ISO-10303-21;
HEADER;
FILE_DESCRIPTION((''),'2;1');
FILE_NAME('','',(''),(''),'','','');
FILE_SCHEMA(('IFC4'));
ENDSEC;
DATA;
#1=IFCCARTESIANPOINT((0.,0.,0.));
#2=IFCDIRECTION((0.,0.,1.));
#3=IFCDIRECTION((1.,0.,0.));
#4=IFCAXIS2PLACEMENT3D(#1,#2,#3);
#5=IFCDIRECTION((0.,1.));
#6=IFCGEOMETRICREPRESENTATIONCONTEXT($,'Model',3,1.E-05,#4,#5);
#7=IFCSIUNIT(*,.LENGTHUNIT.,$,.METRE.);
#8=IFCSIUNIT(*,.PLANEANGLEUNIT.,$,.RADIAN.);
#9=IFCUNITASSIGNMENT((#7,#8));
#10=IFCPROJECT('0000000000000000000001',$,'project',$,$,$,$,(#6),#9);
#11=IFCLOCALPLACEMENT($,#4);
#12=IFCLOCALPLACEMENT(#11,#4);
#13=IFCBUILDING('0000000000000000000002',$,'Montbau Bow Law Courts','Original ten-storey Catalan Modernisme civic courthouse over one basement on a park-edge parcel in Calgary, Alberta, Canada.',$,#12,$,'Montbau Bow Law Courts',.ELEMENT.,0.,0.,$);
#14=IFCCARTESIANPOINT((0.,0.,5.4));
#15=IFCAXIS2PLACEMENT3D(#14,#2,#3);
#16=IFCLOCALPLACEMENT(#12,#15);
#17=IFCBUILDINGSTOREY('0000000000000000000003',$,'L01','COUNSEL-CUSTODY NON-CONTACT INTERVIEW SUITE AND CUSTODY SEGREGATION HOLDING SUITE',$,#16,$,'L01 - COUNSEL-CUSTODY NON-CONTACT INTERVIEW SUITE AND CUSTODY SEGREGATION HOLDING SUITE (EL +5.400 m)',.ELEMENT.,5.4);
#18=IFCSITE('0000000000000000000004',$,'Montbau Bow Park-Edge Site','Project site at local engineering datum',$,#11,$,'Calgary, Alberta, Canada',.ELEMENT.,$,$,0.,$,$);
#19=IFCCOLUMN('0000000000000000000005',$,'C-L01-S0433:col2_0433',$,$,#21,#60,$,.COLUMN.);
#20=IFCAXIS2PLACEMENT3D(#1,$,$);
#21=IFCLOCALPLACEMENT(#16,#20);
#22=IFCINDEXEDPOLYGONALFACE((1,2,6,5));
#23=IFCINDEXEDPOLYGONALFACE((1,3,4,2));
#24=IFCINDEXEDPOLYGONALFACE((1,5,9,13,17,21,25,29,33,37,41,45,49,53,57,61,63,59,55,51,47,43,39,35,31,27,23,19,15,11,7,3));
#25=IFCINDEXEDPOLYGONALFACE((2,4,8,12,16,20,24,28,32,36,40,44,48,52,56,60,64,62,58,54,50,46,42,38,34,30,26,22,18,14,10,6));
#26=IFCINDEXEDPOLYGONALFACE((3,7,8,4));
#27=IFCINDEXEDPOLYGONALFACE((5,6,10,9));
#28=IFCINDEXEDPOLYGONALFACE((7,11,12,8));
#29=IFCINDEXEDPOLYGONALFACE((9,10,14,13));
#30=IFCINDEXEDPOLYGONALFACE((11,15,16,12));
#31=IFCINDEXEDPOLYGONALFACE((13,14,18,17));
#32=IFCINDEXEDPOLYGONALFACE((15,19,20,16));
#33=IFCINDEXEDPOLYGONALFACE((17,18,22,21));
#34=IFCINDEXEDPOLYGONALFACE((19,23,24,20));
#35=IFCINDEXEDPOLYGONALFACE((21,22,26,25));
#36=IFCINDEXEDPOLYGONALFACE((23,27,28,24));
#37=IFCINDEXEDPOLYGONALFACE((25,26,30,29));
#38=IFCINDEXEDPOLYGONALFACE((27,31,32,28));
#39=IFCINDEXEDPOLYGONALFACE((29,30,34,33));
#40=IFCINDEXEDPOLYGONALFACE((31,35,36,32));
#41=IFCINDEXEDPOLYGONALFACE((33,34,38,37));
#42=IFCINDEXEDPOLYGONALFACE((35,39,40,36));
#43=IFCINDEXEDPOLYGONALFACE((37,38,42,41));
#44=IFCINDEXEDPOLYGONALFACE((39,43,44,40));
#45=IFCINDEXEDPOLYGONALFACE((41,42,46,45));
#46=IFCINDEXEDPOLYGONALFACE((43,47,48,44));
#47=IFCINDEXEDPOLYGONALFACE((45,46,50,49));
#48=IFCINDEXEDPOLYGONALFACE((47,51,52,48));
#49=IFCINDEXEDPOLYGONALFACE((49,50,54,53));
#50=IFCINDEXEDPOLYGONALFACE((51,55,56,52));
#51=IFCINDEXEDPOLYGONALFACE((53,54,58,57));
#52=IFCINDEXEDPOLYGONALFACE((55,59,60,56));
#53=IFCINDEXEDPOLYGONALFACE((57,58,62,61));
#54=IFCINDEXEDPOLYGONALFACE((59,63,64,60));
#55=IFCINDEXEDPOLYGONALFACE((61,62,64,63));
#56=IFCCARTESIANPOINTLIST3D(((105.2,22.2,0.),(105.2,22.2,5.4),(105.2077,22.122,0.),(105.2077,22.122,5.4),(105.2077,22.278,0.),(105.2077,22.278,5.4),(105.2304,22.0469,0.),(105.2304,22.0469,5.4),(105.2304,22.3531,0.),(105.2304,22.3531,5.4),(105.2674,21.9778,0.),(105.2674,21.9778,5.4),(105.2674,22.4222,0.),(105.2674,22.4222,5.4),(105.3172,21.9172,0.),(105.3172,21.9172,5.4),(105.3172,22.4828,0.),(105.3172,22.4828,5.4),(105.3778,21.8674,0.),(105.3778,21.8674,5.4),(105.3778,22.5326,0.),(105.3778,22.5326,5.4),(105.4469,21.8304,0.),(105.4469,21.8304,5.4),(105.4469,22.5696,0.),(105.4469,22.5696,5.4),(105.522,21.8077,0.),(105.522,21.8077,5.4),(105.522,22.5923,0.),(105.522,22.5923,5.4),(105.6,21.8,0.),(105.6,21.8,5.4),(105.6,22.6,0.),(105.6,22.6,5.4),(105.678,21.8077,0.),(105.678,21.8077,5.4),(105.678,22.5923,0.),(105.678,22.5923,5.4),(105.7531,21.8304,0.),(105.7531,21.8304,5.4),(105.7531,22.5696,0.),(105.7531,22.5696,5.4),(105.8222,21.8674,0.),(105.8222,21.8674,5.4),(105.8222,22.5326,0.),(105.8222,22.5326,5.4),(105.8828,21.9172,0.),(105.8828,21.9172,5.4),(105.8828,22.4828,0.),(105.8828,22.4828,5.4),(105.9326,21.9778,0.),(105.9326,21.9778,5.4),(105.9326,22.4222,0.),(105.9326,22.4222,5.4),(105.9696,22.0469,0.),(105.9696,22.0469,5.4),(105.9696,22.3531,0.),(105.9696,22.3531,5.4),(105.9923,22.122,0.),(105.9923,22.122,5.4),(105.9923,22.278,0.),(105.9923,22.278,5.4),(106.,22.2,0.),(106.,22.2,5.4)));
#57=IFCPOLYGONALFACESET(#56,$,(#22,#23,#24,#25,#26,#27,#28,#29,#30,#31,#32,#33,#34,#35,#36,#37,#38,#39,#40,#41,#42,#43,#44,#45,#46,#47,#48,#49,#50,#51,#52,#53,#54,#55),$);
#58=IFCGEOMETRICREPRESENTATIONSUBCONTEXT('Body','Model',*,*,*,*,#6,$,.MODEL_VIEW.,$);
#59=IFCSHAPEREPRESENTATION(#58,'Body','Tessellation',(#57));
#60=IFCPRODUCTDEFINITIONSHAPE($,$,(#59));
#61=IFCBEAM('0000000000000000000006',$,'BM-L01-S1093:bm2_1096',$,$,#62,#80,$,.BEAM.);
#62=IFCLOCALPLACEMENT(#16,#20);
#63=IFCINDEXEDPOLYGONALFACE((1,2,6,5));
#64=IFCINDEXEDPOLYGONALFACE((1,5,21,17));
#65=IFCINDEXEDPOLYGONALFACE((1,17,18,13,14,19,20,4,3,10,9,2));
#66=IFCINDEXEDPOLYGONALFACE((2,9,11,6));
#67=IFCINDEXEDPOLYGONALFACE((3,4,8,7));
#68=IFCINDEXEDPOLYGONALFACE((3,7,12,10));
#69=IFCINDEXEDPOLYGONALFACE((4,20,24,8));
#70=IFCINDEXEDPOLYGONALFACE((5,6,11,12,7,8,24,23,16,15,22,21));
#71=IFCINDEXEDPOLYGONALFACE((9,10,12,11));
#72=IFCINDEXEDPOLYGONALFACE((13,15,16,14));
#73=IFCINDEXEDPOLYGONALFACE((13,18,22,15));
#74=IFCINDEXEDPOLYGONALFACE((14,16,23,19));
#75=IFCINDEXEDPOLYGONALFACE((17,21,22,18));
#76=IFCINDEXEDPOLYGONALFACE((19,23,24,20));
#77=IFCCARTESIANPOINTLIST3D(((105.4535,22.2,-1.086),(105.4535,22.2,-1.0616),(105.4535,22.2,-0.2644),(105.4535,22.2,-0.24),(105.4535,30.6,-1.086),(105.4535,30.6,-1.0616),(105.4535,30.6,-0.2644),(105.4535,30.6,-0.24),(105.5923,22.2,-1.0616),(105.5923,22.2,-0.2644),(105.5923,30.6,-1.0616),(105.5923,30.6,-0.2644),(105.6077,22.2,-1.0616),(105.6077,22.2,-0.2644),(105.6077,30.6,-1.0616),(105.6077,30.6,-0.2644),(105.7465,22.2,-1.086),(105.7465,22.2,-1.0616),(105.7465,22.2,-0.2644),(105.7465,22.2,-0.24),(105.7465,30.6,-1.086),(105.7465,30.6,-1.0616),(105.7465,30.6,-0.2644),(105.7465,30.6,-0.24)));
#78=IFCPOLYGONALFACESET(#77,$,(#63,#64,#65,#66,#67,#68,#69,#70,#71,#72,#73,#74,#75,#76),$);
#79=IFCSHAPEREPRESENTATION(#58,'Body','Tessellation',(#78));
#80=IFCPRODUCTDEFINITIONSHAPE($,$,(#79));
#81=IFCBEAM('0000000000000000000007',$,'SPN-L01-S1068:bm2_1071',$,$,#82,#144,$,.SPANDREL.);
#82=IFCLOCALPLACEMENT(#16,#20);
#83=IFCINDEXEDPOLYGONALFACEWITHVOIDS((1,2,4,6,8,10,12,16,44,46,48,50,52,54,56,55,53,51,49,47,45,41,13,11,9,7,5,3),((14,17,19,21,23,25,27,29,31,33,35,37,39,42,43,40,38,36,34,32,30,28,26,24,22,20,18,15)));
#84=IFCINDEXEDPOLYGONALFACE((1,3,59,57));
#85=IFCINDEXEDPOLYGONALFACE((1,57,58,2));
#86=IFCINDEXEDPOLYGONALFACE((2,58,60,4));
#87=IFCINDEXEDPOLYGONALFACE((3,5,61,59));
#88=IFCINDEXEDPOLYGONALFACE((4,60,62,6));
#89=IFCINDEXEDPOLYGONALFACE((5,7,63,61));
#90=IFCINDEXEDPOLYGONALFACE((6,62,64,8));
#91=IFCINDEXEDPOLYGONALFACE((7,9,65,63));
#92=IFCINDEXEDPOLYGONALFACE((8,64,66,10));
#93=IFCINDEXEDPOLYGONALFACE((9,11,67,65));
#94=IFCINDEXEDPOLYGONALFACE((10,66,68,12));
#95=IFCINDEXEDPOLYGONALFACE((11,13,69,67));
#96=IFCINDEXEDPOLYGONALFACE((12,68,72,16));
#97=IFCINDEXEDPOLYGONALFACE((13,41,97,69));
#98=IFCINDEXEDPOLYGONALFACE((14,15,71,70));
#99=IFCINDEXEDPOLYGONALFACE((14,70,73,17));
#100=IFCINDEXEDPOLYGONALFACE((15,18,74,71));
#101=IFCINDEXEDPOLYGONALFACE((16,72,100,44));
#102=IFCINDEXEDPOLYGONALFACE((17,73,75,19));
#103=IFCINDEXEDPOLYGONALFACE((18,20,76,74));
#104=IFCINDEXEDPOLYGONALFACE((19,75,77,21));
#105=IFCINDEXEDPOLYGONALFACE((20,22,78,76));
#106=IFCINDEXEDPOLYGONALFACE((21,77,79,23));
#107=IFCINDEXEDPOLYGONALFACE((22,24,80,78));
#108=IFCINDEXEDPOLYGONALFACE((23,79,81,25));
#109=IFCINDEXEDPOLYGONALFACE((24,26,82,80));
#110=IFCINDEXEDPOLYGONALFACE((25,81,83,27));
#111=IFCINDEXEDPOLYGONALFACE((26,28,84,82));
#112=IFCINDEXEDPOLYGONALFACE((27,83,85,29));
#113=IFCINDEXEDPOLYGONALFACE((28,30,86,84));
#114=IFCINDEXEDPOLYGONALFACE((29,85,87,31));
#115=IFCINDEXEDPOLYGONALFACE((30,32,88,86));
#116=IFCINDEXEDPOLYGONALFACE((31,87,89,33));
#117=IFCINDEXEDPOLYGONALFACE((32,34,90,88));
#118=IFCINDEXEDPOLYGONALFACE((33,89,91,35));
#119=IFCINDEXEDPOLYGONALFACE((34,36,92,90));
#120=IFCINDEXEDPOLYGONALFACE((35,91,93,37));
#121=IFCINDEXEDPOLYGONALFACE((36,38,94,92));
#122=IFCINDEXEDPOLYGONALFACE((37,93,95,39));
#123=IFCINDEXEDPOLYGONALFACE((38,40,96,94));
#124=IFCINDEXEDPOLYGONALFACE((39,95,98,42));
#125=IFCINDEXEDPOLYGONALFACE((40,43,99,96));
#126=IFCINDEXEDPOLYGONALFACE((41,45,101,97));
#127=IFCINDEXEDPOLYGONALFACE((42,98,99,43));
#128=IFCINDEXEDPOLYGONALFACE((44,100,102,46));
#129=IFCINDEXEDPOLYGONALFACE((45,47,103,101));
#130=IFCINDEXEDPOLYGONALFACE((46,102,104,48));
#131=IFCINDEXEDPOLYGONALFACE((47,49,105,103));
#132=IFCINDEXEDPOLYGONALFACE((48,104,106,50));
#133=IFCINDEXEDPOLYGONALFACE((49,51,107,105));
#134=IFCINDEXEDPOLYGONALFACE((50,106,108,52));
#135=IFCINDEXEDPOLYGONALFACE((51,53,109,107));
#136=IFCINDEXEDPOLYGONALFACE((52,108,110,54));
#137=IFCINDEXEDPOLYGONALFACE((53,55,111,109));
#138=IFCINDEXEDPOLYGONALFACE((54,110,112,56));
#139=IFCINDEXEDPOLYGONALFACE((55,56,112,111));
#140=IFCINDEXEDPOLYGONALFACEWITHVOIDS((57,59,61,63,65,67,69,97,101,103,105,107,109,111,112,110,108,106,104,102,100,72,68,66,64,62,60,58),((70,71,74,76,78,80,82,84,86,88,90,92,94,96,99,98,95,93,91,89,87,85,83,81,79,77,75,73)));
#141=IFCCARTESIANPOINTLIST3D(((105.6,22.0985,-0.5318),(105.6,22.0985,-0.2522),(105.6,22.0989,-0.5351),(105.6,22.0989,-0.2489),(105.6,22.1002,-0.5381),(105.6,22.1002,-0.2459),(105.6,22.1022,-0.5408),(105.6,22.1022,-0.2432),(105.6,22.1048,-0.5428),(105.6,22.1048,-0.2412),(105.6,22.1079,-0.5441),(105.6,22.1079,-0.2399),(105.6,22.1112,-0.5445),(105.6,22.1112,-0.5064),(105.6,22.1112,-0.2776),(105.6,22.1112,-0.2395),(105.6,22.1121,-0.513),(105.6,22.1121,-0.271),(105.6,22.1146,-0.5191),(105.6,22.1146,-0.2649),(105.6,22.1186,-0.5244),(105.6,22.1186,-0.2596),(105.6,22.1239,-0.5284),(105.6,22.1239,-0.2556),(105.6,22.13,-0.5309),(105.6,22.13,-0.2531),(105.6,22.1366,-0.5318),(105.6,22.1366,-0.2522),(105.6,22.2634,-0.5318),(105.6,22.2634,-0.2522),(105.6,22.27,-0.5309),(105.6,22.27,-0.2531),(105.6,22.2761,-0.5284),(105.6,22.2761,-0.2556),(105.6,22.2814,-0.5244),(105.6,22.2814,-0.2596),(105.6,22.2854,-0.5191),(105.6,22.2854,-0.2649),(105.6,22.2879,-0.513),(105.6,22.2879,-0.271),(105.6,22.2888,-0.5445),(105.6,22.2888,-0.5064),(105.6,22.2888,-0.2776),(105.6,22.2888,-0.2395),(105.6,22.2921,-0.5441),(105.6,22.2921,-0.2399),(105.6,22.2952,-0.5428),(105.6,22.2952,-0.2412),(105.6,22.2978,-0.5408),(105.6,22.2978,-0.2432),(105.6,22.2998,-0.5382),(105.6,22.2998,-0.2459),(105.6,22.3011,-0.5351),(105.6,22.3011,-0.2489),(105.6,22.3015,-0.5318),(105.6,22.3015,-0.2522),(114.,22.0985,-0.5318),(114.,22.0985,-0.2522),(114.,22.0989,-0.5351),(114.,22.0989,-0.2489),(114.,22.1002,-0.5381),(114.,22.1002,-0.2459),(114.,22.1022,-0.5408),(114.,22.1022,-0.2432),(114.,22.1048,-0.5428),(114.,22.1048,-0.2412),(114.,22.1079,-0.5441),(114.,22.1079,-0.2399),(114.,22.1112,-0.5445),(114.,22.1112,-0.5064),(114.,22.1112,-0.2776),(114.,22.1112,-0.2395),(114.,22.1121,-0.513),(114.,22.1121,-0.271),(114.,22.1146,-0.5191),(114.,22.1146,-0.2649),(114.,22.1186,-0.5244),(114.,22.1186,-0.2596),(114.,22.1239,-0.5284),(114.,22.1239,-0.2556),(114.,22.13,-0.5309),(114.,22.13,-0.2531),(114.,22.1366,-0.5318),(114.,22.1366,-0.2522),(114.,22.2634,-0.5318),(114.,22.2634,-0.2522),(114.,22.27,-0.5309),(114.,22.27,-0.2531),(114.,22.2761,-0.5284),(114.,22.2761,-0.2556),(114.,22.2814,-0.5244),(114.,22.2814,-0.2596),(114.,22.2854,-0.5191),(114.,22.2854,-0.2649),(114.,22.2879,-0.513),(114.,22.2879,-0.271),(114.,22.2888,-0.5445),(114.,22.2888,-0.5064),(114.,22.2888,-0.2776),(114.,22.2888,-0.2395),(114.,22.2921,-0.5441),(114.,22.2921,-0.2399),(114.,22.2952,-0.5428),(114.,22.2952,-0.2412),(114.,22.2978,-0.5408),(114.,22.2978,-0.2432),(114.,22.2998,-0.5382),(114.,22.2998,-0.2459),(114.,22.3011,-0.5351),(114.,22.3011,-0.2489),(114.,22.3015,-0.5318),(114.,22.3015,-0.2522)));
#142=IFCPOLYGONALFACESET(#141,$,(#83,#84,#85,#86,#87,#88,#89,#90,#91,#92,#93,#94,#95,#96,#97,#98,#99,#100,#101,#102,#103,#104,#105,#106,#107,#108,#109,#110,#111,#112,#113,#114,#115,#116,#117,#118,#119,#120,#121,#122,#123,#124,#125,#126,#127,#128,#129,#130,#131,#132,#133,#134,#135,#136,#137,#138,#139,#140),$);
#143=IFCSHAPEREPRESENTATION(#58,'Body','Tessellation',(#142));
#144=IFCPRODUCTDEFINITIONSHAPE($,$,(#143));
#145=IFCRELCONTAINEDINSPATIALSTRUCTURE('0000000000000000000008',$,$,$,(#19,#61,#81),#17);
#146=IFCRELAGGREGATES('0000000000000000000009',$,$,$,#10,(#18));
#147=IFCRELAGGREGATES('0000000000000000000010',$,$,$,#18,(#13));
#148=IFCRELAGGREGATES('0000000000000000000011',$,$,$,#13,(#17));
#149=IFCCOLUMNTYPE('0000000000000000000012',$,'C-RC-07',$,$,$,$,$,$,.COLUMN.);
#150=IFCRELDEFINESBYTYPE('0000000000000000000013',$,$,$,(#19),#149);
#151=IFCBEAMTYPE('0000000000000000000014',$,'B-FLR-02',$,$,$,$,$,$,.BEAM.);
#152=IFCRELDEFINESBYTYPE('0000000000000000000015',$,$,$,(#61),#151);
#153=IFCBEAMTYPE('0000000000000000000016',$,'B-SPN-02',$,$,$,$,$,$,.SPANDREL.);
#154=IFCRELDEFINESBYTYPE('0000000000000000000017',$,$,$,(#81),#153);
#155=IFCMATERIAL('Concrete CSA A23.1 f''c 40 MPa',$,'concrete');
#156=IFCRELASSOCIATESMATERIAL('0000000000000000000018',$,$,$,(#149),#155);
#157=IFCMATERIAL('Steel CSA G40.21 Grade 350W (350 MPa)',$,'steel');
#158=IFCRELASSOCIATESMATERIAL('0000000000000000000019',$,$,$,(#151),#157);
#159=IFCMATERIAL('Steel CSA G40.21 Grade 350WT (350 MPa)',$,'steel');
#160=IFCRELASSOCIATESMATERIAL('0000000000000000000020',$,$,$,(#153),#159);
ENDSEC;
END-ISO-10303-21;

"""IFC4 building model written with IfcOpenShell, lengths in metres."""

from ifc_helpers import new_model, si_unit, direction, frame, origin_with_axes, origin_2d_with_axis, place, context, subcontext, project, spatial, hollow_rectangle, circle, i_section, extrude, material, material_profile, profile_set, type_object, element, save


model = new_model("IFC4")

# Units and contexts
model_context = context("Model", 3, precision=1e-05, world=origin_with_axes(), true_north=direction((0.0, 1.0)))
body_context = subcontext(model_context, "Body", "Model", "MODEL_VIEW")
ifc_project = project(units=[si_unit("LENGTHUNIT", "METRE"), si_unit("PLANEANGLEUNIT", "RADIAN")], contexts=[model_context])

# Site, building, storey
site_placement = place(None, origin_with_axes())
site = spatial("IfcSite", under=ifc_project, at=site_placement, Name="Montbau Bow Park-Edge Site", Description="Project site at local engineering datum", LongName="Calgary, Alberta, Canada", CompositionType="ELEMENT", RefElevation=0.0)
building_placement = place(site_placement, origin_with_axes())
building = spatial("IfcBuilding", under=site, at=building_placement, Name="Montbau Bow Law Courts", Description="Original ten-storey Catalan Modernisme civic courthouse over one basement on a park-edge parcel in Calgary, Alberta, Canada.", LongName="Montbau Bow Law Courts", CompositionType="ELEMENT", ElevationOfRefHeight=0.0, ElevationOfTerrain=0.0)
storey_placement = place(building_placement, frame((0.0, 0.0, 5.4), z_axis=(0.0, 0.0, 1.0), x_axis=(1.0, 0.0, 0.0)))
storey = spatial("IfcBuildingStorey", under=building, at=storey_placement, Name="L01", Description="COUNSEL-CUSTODY NON-CONTACT INTERVIEW SUITE AND CUSTODY SEGREGATION HOLDING SUITE", LongName="L01 - COUNSEL-CUSTODY NON-CONTACT INTERVIEW SUITE AND CUSTODY SEGREGATION HOLDING SUITE (EL +5.400 m)", CompositionType="ELEMENT", Elevation=5.4)

# Column
ifc_material_1 = material(Name="Concrete CSA A23.1 f'c 40 MPa", Category="concrete")
ifc_material_profile_1 = material_profile(ifc_material_1, circle(Radius=0.4, at=origin_2d_with_axis()), Name="RC800D", Category="Main", Priority=0)
ifc_profile_set_1 = profile_set([ifc_material_profile_1], Name="Concrete CSA A23.1 f'c 40 MPa")
column_type = type_object("IfcColumnType", Name="C-RC-07", PredefinedType="COLUMN", material=ifc_profile_set_1)
column_placement = place(None, frame((105.6, 22.2, 5.4), z_axis=(0.0, 0.0, 1.0), x_axis=(1.0, 0.0, 0.0)))
element("IfcColumn", 1, at=column_placement, inside=storey, type_object=column_type, Name="C-L01-S0433:col2_0433", PredefinedType="COLUMN", context=body_context, shape_type="SweptSolid", body=[
    extrude(circle(Radius=0.4, at=origin_2d_with_axis()), origin_with_axes(), (0.0, 0.0, 1.0), 5.4),
])

# Beams
ifc_material_2 = material(Name="Steel CSA G40.21 Grade 350W (350 MPa)", Category="steel")
ifc_material_profile_2 = material_profile(ifc_material_2, i_section(OverallWidth=0.293, OverallDepth=0.846, WebThickness=0.0154, FlangeThickness=0.0244, at=origin_2d_with_axis()), Name="W840X210", Category="Main", Priority=0)
ifc_profile_set_2 = profile_set([ifc_material_profile_2], Name="Steel CSA G40.21 Grade 350W (350 MPa)")
beam_type_1 = type_object("IfcBeamType", Name="B-FLR-02", PredefinedType="BEAM", material=ifc_profile_set_2)
beam_1_placement = place(None, frame((105.6, 22.2, 4.737), z_axis=(0.0, 1.0, 0.0), x_axis=(-1.0, 0.0, 0.0)))
element("IfcBeam", 2, at=beam_1_placement, inside=storey, type_object=beam_type_1, Name="BM-L01-S1093:bm2_1096", PredefinedType="BEAM", context=body_context, shape_type="SweptSolid", body=[
    extrude(i_section(OverallWidth=0.293, OverallDepth=0.846, WebThickness=0.0154, FlangeThickness=0.0244, at=origin_2d_with_axis()), origin_with_axes(), (0.0, 0.0, 1.0), 8.4),
])
ifc_material_3 = material(Name="Steel CSA G40.21 Grade 350WT (350 MPa)", Category="steel")
ifc_material_profile_3 = material_profile(ifc_material_3, hollow_rectangle(XDim=0.203, YDim=0.305, WallThickness=0.0127, InnerFilletRadius=0.0254, OuterFilletRadius=0.0127, at=origin_2d_with_axis()), Name="HSS305X203X13", Category="Main", Priority=0)
ifc_profile_set_3 = profile_set([ifc_material_profile_3], Name="Steel CSA G40.21 Grade 350WT (350 MPa)")
beam_type_2 = type_object("IfcBeamType", Name="B-SPN-02", PredefinedType="SPANDREL", material=ifc_profile_set_3)
beam_2_placement = place(None, frame((105.6, 22.2, 5.008), z_axis=(1.0, 0.0, 0.0), x_axis=(0.0, 1.0, 0.0)))
element("IfcBeam", 3, at=beam_2_placement, inside=storey, type_object=beam_type_2, Name="SPN-L01-S1068:bm2_1071", PredefinedType="SPANDREL", context=body_context, shape_type="SweptSolid", body=[
    extrude(hollow_rectangle(XDim=0.203, YDim=0.305, WallThickness=0.0127, InnerFilletRadius=0.0254, OuterFilletRadius=0.0127, at=origin_2d_with_axis()), origin_with_axes(), (0.0, 0.0, 1.0), 8.4),
])

save(model, "model.ifc")
